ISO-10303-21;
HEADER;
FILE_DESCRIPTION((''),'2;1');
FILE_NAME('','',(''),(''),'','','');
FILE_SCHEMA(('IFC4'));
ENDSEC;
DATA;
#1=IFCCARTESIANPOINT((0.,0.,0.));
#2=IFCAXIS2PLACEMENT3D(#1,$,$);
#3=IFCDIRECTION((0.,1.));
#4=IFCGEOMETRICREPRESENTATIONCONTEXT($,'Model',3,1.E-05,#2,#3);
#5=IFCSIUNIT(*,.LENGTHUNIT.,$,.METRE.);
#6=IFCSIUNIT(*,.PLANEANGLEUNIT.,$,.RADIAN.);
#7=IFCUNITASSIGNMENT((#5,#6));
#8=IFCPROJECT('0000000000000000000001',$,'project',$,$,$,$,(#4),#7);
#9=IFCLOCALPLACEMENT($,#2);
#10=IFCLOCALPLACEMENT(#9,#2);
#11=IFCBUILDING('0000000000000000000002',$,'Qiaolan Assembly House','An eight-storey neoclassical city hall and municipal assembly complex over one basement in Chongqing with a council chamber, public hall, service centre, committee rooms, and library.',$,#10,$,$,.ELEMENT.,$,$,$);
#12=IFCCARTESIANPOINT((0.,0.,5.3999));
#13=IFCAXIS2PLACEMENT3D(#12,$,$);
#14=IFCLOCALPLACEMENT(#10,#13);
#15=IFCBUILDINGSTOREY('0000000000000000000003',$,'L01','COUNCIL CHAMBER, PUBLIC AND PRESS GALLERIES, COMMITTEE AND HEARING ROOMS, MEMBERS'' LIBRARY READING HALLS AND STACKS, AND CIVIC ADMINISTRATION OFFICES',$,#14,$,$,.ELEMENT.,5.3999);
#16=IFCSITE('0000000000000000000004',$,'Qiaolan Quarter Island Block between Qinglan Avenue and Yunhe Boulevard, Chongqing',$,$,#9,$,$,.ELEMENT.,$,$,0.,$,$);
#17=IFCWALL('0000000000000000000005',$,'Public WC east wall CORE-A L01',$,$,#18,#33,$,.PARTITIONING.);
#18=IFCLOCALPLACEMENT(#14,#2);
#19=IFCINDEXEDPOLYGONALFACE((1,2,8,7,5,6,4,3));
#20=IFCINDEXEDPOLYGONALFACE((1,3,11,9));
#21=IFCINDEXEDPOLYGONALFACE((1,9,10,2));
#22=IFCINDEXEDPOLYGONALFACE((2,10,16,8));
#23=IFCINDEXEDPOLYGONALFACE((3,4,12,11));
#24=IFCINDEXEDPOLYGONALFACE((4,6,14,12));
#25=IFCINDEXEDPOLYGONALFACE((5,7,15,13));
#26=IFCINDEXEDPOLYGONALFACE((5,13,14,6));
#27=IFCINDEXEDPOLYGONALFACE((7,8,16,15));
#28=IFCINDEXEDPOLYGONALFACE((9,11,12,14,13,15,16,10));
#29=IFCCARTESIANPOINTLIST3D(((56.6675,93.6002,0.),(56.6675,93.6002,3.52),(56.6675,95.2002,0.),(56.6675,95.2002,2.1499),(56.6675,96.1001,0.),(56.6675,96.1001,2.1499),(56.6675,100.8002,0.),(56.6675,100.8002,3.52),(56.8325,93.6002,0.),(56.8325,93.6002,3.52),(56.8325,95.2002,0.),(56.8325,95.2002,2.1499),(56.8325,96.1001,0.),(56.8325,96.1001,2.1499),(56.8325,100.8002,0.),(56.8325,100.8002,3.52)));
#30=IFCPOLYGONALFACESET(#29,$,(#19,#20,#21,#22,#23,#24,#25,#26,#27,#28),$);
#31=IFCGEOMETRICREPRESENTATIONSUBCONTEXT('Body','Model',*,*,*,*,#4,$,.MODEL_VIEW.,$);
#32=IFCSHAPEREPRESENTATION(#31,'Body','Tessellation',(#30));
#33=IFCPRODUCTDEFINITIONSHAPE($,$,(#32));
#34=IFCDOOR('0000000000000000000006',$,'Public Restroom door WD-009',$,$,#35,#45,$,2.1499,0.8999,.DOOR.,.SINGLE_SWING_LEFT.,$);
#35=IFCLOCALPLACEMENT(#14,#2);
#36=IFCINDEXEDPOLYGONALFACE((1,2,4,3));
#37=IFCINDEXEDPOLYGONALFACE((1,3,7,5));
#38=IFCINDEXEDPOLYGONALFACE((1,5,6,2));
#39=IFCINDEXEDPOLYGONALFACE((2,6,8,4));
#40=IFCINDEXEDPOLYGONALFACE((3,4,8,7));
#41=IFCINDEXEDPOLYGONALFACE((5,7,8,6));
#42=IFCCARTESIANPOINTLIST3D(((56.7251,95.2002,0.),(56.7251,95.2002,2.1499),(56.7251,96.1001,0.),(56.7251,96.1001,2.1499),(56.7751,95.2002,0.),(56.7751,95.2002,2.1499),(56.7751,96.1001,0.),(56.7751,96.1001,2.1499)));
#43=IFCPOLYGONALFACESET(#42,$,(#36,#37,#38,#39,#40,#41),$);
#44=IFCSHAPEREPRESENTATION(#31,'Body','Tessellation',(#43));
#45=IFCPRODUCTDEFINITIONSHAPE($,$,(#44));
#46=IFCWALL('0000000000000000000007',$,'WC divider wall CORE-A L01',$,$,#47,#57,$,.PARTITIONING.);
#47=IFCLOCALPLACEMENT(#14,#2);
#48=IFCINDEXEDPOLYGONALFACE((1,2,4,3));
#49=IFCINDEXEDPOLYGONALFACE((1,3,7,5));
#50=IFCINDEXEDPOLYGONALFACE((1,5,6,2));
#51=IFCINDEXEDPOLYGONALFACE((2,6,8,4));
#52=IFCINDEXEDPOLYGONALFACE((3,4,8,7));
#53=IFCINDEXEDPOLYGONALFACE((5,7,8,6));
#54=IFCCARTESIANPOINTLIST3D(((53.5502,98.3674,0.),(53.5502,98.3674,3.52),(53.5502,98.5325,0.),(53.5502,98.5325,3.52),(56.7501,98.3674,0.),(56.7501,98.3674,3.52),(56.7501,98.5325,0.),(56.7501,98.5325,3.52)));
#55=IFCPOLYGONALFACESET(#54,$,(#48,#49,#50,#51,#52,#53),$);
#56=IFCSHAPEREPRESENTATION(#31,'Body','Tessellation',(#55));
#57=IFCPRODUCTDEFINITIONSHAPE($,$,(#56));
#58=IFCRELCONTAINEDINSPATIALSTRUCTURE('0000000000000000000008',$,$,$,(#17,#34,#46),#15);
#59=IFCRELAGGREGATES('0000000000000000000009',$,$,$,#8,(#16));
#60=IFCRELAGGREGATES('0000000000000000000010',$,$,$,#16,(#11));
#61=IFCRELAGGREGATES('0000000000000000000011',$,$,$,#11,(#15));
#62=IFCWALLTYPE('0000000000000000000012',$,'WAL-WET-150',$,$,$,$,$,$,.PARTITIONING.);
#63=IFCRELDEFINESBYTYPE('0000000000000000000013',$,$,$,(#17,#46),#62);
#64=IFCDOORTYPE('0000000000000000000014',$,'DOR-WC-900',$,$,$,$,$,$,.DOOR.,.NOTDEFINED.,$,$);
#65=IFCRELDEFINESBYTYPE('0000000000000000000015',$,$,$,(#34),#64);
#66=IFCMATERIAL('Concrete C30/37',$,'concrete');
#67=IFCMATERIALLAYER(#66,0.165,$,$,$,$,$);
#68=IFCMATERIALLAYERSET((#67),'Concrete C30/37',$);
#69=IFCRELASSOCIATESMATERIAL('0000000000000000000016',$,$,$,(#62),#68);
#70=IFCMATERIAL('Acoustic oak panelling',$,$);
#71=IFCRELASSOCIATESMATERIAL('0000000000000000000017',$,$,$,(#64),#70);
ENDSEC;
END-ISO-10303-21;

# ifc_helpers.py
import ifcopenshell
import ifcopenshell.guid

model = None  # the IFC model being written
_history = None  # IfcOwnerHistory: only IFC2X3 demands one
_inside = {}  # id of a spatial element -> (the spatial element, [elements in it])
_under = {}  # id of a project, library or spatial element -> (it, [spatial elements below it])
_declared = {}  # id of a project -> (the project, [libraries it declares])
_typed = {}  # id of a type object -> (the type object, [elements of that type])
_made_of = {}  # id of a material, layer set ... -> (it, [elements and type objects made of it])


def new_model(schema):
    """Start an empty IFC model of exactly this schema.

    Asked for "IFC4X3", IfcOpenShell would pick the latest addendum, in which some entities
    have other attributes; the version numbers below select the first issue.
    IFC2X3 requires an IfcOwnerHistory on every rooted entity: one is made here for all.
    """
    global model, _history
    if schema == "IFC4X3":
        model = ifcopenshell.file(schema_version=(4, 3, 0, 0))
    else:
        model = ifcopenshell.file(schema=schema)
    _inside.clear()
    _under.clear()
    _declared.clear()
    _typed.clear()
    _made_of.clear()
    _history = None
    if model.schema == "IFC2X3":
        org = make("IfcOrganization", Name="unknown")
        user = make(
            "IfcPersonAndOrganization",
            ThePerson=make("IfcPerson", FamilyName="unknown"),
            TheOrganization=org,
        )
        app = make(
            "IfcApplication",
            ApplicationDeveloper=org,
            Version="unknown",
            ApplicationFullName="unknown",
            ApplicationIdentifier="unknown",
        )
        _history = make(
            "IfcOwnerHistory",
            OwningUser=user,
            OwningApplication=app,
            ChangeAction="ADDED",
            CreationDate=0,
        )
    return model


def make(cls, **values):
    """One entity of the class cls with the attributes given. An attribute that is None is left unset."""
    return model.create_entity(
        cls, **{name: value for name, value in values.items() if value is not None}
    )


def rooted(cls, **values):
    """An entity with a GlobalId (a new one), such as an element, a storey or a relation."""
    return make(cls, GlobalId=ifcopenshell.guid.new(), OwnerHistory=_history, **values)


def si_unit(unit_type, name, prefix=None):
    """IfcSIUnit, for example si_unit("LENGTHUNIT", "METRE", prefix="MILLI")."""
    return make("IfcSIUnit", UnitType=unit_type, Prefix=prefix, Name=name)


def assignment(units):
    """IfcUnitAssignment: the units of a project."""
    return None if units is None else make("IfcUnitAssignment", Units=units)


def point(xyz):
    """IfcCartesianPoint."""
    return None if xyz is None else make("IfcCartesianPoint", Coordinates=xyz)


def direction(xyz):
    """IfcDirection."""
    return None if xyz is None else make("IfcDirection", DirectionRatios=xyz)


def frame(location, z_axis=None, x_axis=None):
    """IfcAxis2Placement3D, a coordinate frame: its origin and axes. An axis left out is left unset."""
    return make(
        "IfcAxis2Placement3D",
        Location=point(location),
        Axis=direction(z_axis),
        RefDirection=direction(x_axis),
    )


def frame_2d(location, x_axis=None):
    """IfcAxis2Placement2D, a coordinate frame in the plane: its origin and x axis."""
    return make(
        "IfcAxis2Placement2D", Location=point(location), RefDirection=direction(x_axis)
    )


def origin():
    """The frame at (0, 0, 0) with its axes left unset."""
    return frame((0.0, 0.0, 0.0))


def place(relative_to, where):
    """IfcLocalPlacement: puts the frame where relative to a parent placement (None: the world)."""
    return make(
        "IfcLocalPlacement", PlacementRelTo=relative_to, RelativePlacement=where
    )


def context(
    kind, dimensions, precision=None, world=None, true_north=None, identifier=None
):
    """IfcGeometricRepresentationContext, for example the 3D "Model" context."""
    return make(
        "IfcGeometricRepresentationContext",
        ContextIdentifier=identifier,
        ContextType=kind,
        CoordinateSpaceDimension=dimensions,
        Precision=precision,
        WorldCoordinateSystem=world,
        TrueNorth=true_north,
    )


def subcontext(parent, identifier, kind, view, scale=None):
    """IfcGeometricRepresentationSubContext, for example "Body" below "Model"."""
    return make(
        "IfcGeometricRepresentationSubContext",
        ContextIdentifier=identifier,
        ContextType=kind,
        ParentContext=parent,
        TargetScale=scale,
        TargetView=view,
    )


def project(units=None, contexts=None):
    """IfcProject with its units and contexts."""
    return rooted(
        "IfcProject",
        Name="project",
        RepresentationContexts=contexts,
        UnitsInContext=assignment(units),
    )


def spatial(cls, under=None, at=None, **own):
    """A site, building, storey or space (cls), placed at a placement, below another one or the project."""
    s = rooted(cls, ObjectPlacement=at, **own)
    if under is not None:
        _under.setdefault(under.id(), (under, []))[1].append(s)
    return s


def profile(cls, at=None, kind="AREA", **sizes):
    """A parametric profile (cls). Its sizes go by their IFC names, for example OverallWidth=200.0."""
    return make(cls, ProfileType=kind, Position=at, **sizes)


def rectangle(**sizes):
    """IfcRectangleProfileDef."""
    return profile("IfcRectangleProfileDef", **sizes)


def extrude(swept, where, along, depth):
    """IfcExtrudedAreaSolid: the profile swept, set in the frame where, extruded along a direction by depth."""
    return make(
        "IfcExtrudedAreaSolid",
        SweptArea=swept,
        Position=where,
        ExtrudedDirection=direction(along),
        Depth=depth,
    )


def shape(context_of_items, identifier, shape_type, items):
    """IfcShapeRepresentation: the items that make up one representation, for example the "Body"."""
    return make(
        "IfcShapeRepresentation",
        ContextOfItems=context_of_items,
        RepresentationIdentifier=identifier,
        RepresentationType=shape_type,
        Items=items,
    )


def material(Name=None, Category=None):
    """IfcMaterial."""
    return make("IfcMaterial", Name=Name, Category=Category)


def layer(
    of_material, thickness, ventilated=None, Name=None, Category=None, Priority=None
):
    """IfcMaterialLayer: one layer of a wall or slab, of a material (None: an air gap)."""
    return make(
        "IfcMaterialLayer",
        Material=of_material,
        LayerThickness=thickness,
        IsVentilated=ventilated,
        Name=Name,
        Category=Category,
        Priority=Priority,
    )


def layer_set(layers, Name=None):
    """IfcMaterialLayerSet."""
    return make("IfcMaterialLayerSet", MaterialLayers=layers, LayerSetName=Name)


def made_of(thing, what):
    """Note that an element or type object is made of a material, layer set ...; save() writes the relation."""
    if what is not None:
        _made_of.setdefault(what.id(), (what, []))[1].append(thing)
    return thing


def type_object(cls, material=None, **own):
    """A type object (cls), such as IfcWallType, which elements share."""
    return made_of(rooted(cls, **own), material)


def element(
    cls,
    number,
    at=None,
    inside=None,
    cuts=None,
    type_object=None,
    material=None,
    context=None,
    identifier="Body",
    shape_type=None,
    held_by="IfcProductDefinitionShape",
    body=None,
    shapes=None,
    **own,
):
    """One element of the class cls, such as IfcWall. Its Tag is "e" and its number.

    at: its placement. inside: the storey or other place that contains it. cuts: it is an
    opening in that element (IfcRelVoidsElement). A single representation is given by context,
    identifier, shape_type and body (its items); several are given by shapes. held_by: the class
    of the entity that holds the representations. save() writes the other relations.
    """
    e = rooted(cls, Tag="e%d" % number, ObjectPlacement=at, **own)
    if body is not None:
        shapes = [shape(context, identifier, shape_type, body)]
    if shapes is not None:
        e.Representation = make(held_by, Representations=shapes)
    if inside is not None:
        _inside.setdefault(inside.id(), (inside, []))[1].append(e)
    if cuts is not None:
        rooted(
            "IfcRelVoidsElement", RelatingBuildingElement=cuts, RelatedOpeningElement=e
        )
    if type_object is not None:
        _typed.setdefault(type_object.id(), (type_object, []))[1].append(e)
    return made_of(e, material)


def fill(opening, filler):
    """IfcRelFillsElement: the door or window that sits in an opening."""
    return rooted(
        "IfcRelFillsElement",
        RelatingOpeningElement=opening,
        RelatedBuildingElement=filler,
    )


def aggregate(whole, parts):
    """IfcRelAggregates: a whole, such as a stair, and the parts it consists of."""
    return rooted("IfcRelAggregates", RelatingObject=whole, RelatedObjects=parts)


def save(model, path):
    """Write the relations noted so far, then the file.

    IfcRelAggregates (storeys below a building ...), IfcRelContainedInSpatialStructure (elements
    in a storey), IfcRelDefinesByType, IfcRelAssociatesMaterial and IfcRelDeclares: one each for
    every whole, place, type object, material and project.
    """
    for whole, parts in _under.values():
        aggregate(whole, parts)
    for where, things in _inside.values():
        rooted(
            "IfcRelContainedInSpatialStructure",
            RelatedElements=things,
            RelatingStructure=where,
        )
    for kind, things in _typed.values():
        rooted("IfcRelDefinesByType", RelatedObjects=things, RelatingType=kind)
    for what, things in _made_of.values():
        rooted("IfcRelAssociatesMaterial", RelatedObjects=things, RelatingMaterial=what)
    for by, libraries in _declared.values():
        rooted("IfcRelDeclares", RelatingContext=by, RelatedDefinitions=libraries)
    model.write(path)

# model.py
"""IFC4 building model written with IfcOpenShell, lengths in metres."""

from ifc_helpers import new_model, si_unit, direction, frame, frame_2d, origin, place, context, subcontext, project, spatial, rectangle, extrude, material, layer, layer_set, type_object, element, fill, save


model = new_model("IFC4")

# Units and contexts
model_context = context("Model", 3, precision=1e-05, world=origin(), true_north=direction((0.0, 1.0)))
body_context = subcontext(model_context, "Body", "Model", "MODEL_VIEW")
ifc_project = project(units=[si_unit("LENGTHUNIT", "METRE"), si_unit("PLANEANGLEUNIT", "RADIAN")], contexts=[model_context])

# Site, building, storey
site_placement = place(None, origin())
site = spatial("IfcSite", under=ifc_project, at=site_placement, Name="Qiaolan Quarter Island Block between Qinglan Avenue and Yunhe Boulevard, Chongqing", CompositionType="ELEMENT", RefElevation=0.0)
building_placement = place(site_placement, origin())
building = spatial("IfcBuilding", under=site, at=building_placement, Name="Qiaolan Assembly House", Description="An eight-storey neoclassical city hall and municipal assembly complex over one basement in Chongqing with a council chamber, public hall, service centre, committee rooms, and library.", CompositionType="ELEMENT")
storey_placement = place(building_placement, frame((0.0, 0.0, 5.3999)))
storey = spatial("IfcBuildingStorey", under=building, at=storey_placement, Name="L01", Description="COUNCIL CHAMBER, PUBLIC AND PRESS GALLERIES, COMMITTEE AND HEARING ROOMS, MEMBERS' LIBRARY READING HALLS AND STACKS, AND CIVIC ADMINISTRATION OFFICES", CompositionType="ELEMENT", Elevation=5.3999)

# Shared definitions
ifc_material_1 = material(Name="Acoustic oak panelling")

# Wall, opening, door
ifc_material_2 = material(Name="Concrete C30/37", Category="concrete")
ifc_layer_1 = layer(ifc_material_2, 0.165)
ifc_layer_set_1 = layer_set([ifc_layer_1], Name="Concrete C30/37")
wall_type_1 = type_object("IfcWallType", Name="WAL-WET-150", PredefinedType="PARTITIONING", material=ifc_layer_set_1)
wall_1_placement = place(storey_placement, frame((56.75, 93.6001, 0.0), z_axis=(0.0, 0.0, 1.0), x_axis=(0.0, 1.0, 0.0)))
wall_1 = element("IfcWall", 1, at=wall_1_placement, inside=storey, type_object=wall_type_1, Name="Public WC east wall CORE-A L01", PredefinedType="PARTITIONING", context=body_context, shape_type="SweptSolid", body=[
    extrude(rectangle(XDim=7.2, YDim=0.165, at=frame_2d((3.6001, 0.0))), origin(), (0.0, 0.0, 1.0), 3.52),
])
opening_1_placement = place(wall_1_placement, frame((1.6001, 0.0, 0.0)))
opening_1 = element("IfcOpeningElement", 2, at=opening_1_placement, cuts=wall_1, PredefinedType="OPENING", context=body_context, shape_type="SweptSolid", body=[
    extrude(rectangle(XDim=0.8999, YDim=2.1499, at=frame_2d((0.45, 1.075))), frame((0.0, 0.0925, 0.0), z_axis=(0.0, -1.0, 0.0), x_axis=(1.0, 0.0, 0.0)), (0.0, 0.0, 1.0), 0.1851),
])
door_type_1 = type_object("IfcDoorType", Name="DOR-WC-900", OperationType="NOTDEFINED", PredefinedType="DOOR", material=ifc_material_1)
door_1_placement = place(opening_1_placement, origin())
door_1 = element("IfcDoor", 3, at=door_1_placement, inside=storey, type_object=door_type_1, Name="Public Restroom door WD-009", OperationType="SINGLE_SWING_LEFT", OverallHeight=2.1499, OverallWidth=0.8999, PredefinedType="DOOR", context=body_context, shape_type="SweptSolid", body=[
    extrude(rectangle(XDim=0.8999, YDim=2.1499, at=frame_2d((0.45, 1.075))), frame((0.0, 0.0249, 0.0), z_axis=(0.0, -1.0, 0.0), x_axis=(1.0, 0.0, 0.0)), (0.0, 0.0, 1.0), 0.05),
])
fill(opening_1, door_1)

# Wall
wall_2_placement = place(storey_placement, frame((53.55, 98.45, 0.0), z_axis=(0.0, 0.0, 1.0), x_axis=(1.0, 0.0, 0.0)))
element("IfcWall", 4, at=wall_2_placement, inside=storey, type_object=wall_type_1, Name="WC divider wall CORE-A L01", PredefinedType="PARTITIONING", context=body_context, shape_type="SweptSolid", body=[
    extrude(rectangle(XDim=3.2, YDim=0.165, at=frame_2d((1.6001, 0.0))), origin(), (0.0, 0.0, 1.0), 3.52),
])

save(model, "model.ifc")
